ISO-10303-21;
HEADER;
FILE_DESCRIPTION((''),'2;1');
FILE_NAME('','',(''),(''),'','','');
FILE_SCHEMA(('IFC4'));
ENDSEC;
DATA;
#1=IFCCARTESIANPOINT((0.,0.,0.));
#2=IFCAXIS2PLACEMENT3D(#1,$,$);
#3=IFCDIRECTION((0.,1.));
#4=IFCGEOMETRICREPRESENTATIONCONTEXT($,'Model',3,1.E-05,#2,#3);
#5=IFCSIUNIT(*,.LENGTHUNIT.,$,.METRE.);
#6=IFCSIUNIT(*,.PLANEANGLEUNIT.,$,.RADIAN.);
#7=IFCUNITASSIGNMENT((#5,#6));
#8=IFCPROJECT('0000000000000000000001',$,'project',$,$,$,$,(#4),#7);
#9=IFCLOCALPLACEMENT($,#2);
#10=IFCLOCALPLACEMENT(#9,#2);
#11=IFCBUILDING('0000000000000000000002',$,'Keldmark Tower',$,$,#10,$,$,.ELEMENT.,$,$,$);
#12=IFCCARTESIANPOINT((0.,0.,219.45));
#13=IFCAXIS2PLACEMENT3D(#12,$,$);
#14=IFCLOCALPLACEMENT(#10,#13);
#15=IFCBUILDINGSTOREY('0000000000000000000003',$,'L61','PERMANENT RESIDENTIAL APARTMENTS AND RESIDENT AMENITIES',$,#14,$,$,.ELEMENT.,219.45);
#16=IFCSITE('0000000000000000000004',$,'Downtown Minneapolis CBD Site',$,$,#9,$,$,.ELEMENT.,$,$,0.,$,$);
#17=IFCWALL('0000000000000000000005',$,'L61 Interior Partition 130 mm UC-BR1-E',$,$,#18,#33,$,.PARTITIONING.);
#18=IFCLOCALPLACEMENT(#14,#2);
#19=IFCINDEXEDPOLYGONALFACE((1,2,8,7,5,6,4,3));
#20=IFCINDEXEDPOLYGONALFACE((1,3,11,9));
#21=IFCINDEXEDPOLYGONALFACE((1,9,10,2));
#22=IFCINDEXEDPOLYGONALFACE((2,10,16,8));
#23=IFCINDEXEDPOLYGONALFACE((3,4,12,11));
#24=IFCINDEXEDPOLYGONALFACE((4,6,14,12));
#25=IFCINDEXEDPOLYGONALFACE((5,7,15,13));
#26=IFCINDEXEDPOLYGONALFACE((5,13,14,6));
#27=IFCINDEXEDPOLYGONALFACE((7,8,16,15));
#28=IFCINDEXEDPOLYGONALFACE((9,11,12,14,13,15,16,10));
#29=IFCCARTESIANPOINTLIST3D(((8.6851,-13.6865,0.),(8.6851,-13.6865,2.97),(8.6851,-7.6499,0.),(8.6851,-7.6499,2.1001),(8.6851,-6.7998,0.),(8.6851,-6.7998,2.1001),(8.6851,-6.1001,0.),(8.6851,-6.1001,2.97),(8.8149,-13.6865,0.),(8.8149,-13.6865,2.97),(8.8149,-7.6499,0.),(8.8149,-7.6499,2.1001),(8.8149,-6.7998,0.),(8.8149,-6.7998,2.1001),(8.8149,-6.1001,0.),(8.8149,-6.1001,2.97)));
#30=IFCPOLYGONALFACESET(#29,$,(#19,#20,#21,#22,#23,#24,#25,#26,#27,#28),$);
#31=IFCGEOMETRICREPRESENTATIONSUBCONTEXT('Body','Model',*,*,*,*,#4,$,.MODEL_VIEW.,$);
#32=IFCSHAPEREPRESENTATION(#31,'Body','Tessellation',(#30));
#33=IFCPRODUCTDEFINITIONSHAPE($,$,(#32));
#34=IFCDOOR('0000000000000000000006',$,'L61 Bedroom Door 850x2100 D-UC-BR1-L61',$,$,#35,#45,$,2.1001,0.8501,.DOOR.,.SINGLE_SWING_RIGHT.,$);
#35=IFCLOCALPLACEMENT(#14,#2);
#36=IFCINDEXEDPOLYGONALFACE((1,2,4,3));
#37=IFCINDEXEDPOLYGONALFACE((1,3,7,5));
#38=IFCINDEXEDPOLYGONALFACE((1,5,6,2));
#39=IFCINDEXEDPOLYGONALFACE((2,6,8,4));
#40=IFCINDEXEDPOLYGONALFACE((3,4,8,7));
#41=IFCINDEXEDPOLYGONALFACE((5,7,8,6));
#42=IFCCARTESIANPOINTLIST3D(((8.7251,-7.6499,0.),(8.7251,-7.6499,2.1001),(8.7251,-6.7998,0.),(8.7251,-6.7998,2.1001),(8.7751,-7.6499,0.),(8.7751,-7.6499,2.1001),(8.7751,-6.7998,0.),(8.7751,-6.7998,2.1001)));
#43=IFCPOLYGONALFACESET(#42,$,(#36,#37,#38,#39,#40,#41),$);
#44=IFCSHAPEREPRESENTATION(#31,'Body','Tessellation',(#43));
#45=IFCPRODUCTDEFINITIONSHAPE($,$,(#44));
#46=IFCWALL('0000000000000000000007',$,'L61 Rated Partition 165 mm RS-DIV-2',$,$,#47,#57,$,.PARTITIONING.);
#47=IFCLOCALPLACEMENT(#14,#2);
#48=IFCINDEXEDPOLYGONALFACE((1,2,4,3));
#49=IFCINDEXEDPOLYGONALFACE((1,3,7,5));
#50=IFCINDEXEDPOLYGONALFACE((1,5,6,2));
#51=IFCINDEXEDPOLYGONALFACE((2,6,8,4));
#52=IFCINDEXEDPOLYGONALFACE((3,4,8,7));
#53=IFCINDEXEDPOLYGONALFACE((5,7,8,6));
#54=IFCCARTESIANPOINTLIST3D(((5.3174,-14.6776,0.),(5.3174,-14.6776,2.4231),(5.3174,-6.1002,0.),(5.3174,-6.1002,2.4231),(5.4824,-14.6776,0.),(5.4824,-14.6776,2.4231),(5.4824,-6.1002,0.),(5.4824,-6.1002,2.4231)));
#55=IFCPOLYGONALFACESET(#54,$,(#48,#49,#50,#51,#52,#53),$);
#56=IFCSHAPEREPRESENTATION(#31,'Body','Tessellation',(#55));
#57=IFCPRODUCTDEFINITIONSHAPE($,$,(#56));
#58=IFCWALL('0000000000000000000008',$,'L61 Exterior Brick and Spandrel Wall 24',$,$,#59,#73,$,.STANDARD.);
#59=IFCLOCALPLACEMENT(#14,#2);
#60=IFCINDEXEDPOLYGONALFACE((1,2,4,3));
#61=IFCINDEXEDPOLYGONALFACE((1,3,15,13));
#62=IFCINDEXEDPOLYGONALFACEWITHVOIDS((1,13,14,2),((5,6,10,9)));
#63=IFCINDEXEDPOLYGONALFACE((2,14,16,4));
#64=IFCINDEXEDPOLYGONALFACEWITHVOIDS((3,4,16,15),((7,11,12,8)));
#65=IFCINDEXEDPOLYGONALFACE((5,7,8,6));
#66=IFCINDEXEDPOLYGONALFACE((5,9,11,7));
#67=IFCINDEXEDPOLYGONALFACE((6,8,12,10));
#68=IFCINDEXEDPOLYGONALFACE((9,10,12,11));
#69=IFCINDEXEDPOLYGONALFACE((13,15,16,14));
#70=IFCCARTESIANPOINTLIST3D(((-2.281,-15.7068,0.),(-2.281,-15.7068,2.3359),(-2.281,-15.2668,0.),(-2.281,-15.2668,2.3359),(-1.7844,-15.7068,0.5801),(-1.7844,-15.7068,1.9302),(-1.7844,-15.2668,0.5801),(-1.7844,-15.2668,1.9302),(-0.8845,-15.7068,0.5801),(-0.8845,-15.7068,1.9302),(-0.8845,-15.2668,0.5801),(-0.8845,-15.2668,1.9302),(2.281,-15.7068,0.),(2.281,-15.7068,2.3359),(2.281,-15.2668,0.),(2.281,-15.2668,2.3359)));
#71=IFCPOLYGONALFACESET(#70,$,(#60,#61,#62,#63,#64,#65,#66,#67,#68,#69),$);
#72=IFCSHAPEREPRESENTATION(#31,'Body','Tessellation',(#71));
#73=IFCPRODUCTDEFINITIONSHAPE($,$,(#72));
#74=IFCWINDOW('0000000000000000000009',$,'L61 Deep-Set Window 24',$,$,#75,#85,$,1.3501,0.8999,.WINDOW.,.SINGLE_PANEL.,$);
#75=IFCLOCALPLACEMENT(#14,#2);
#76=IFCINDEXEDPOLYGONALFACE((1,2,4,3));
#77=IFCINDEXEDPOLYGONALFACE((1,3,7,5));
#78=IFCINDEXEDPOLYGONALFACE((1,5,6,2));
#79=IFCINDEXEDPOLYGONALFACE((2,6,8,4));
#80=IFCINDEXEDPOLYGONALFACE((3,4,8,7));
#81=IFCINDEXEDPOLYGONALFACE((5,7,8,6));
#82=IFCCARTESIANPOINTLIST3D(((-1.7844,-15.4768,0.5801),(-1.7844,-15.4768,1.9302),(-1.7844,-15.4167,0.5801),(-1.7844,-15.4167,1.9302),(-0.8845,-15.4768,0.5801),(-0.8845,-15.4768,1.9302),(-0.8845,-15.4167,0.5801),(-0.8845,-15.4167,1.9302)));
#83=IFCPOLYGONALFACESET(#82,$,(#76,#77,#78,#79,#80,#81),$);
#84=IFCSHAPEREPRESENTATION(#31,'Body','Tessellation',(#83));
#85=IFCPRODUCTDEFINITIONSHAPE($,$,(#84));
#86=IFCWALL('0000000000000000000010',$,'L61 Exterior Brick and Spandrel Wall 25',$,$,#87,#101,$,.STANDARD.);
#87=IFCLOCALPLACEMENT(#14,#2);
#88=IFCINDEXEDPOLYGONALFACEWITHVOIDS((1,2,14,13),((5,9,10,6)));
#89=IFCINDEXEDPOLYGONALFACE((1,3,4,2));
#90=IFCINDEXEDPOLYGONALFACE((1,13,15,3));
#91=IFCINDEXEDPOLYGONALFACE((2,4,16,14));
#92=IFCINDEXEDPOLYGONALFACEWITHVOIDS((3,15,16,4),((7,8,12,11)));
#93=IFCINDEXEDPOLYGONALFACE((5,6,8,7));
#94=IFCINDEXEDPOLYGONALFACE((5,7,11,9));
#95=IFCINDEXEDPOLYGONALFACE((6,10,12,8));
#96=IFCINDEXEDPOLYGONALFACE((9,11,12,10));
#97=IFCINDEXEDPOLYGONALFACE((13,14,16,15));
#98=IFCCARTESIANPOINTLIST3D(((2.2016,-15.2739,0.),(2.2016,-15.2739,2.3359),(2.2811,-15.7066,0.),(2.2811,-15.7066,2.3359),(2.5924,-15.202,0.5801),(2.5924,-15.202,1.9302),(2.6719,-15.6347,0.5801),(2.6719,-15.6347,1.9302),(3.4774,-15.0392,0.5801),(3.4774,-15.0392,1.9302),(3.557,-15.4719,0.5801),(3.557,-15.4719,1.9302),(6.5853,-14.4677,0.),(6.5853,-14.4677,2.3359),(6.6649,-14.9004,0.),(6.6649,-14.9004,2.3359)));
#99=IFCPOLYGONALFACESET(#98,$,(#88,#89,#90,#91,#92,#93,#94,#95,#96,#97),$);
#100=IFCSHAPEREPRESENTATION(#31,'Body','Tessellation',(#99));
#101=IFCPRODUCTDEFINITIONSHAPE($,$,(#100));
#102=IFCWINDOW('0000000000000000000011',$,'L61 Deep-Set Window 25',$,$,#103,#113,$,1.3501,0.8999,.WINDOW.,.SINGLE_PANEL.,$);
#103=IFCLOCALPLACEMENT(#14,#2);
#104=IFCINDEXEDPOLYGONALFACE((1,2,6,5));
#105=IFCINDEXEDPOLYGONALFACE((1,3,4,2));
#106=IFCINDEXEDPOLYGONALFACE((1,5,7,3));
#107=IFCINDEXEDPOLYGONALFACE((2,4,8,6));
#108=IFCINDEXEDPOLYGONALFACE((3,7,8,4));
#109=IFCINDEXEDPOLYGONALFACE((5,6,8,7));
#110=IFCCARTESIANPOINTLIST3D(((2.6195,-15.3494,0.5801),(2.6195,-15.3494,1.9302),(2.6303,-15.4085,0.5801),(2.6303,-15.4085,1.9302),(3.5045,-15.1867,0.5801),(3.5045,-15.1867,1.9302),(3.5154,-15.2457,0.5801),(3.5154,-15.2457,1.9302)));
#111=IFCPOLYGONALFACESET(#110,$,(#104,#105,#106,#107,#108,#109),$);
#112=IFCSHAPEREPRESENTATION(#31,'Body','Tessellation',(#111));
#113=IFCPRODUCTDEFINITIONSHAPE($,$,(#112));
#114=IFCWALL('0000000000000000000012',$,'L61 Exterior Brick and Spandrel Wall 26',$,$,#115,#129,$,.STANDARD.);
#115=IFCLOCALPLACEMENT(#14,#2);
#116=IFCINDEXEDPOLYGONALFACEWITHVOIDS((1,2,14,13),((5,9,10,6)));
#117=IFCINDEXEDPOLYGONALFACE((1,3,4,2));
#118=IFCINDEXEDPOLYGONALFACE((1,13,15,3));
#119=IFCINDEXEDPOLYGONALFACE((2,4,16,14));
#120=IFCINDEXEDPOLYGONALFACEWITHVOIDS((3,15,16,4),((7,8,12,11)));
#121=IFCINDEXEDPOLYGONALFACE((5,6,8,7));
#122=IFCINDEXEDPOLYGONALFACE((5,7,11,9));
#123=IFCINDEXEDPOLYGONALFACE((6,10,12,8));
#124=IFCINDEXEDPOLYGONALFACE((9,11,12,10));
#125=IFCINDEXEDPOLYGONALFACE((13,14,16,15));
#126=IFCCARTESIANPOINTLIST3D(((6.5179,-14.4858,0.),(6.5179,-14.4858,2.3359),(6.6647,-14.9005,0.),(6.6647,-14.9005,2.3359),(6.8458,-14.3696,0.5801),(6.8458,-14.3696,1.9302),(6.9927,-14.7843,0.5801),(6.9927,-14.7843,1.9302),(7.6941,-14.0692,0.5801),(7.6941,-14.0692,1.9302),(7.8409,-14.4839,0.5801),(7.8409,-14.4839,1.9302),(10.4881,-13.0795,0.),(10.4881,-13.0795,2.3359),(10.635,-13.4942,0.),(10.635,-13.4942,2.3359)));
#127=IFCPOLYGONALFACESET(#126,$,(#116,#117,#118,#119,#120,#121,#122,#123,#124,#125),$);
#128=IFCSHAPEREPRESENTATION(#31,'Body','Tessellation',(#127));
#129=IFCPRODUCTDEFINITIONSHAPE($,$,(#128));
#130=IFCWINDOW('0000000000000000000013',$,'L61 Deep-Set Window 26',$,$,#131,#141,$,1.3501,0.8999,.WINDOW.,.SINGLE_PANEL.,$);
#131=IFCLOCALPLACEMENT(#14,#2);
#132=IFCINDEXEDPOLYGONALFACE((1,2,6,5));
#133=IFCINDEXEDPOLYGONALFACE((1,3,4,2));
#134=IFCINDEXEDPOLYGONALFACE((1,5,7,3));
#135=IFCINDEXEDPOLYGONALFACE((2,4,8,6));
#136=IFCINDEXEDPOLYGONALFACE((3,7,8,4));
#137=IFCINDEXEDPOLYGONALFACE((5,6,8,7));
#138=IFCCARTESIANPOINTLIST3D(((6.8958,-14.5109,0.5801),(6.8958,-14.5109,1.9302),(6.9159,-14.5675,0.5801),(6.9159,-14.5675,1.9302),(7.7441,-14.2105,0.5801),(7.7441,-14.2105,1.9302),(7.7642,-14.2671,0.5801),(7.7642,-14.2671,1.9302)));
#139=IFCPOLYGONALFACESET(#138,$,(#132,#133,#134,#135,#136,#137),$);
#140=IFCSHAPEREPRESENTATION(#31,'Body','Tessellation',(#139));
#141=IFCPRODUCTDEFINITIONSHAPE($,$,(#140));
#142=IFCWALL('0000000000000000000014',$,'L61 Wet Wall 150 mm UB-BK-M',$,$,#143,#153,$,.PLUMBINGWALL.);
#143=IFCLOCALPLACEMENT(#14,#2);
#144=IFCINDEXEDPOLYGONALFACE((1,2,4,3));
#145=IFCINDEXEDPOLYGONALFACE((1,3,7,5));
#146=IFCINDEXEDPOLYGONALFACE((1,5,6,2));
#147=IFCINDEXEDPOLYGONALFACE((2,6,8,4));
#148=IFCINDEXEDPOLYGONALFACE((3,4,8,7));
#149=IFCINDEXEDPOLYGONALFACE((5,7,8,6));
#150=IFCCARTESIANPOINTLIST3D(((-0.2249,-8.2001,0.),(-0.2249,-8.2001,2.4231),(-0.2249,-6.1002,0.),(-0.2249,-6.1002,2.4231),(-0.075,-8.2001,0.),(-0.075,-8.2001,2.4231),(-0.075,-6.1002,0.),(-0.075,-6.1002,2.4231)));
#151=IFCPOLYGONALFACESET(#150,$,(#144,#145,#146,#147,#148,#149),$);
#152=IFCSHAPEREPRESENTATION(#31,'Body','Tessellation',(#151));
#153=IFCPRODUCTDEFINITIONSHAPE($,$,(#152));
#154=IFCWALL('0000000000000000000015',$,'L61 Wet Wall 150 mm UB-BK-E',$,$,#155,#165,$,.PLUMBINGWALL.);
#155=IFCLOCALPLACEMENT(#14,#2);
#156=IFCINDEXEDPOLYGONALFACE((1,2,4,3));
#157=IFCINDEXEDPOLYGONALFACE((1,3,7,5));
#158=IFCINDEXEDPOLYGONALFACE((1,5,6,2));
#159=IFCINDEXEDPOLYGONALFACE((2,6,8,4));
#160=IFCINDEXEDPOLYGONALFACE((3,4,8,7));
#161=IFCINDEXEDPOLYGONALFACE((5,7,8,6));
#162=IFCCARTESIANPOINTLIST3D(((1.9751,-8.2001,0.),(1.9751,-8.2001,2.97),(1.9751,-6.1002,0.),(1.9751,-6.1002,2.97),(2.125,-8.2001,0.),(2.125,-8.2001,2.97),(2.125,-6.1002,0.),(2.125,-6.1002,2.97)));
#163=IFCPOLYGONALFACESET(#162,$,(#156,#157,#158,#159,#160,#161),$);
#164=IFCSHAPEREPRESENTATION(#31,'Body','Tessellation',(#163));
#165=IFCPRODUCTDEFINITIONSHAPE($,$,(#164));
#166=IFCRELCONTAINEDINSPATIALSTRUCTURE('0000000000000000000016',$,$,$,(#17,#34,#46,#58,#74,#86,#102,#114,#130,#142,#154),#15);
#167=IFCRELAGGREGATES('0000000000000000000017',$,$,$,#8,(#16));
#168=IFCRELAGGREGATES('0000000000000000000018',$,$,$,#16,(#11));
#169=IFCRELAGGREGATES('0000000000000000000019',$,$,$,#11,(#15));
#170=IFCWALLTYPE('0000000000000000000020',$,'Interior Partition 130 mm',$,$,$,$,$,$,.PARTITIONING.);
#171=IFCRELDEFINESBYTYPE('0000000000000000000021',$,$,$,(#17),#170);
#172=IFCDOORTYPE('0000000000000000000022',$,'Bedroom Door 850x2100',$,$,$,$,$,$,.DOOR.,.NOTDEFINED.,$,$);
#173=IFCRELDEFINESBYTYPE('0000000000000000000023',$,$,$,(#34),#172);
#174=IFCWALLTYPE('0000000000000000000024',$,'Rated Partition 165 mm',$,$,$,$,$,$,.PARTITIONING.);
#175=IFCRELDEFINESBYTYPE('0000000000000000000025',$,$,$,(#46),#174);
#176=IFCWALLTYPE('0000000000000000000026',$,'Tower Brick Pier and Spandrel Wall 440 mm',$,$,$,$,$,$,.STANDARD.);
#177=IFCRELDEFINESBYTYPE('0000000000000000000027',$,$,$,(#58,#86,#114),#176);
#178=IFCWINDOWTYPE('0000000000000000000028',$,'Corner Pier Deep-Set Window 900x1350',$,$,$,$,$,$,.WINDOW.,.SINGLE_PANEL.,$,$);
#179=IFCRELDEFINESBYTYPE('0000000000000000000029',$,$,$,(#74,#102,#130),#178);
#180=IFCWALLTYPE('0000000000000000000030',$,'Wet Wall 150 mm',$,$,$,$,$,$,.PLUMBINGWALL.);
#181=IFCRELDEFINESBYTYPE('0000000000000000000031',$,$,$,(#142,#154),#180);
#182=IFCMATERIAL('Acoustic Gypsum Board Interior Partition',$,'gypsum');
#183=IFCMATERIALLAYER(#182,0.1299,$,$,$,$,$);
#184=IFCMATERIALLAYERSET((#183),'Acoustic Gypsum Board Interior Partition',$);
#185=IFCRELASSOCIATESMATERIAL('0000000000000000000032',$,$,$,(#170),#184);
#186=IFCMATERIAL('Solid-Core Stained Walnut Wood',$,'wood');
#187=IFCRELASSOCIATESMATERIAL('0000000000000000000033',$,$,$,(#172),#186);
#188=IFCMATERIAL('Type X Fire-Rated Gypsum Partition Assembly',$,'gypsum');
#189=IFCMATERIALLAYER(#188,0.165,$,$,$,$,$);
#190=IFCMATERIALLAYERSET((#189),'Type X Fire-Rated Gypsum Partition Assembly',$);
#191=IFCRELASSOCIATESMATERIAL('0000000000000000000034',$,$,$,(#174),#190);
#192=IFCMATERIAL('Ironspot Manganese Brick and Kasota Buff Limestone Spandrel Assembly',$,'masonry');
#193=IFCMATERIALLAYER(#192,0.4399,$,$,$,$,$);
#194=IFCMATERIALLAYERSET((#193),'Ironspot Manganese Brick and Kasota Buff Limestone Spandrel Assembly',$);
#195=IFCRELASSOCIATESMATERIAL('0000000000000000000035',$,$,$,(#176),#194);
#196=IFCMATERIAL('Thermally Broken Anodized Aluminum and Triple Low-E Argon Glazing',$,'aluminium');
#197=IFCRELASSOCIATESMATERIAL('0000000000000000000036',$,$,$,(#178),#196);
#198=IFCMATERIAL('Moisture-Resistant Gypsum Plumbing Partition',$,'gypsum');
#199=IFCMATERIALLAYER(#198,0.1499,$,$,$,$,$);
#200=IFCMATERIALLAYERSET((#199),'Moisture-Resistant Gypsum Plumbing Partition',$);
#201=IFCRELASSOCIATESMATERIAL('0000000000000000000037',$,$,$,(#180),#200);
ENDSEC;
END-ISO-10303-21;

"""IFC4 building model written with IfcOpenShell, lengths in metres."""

from ifc_helpers import new_model, si_unit, direction, frame, frame_2d, origin, place, context, subcontext, project, spatial, rectangle, extrude, material, layer, layer_set, type_object, element, fill, save


model = new_model("IFC4")

# Units and contexts
model_context = context("Model", 3, precision=1e-05, world=origin(), true_north=direction((0.0, 1.0)))
body_context = subcontext(model_context, "Body", "Model", "MODEL_VIEW")
ifc_project = project(units=[si_unit("LENGTHUNIT", "METRE"), si_unit("PLANEANGLEUNIT", "RADIAN")], contexts=[model_context])

# Site, building, storey
site_placement = place(None, origin())
site = spatial("IfcSite", under=ifc_project, at=site_placement, Name="Downtown Minneapolis CBD Site", CompositionType="ELEMENT", RefElevation=0.0)
building_placement = place(site_placement, origin())
building = spatial("IfcBuilding", under=site, at=building_placement, Name="Keldmark Tower", CompositionType="ELEMENT")
storey_placement = place(building_placement, frame((0.0, 0.0, 219.45)))
storey = spatial("IfcBuildingStorey", under=building, at=storey_placement, Name="L61", Description="PERMANENT RESIDENTIAL APARTMENTS AND RESIDENT AMENITIES", CompositionType="ELEMENT", Elevation=219.45)

# Wall, opening, door
ifc_material_1 = material(Name="Acoustic Gypsum Board Interior Partition", Category="gypsum")
ifc_layer_1 = layer(ifc_material_1, 0.1299)
ifc_layer_set_1 = layer_set([ifc_layer_1], Name="Acoustic Gypsum Board Interior Partition")
wall_type_1 = type_object("IfcWallType", Name="Interior Partition 130 mm", PredefinedType="PARTITIONING", material=ifc_layer_set_1)
wall_1_placement = place(storey_placement, frame((8.75, -13.6865, 0.0), z_axis=(0.0, 0.0, 1.0), x_axis=(0.0, 1.0, 0.0)))
wall_1 = element("IfcWall", 1, at=wall_1_placement, inside=storey, type_object=wall_type_1, Name="L61 Interior Partition 130 mm UC-BR1-E", PredefinedType="PARTITIONING", context=body_context, shape_type="SweptSolid", body=[
    extrude(rectangle(XDim=7.5864, YDim=0.1299, at=frame_2d((3.7932, 0.0))), origin(), (0.0, 0.0, 1.0), 2.97),
])
opening_1_placement = place(wall_1_placement, frame((6.0366, 0.0, 0.0)))
opening_1 = element("IfcOpeningElement", 2, at=opening_1_placement, cuts=wall_1, PredefinedType="OPENING", context=body_context, shape_type="SweptSolid", body=[
    extrude(rectangle(XDim=0.8501, YDim=2.1001, at=frame_2d((0.425, 1.05))), frame((0.0, 0.075, 0.0), z_axis=(0.0, -1.0, 0.0), x_axis=(1.0, 0.0, 0.0)), (0.0, 0.0, 1.0), 0.1499),
])
ifc_material_2 = material(Name="Solid-Core Stained Walnut Wood", Category="wood")
door_type_1 = type_object("IfcDoorType", Name="Bedroom Door 850x2100", OperationType="NOTDEFINED", PredefinedType="DOOR", material=ifc_material_2)
door_1_placement = place(opening_1_placement, origin())
door_1 = element("IfcDoor", 3, at=door_1_placement, inside=storey, type_object=door_type_1, Name="L61 Bedroom Door 850x2100 D-UC-BR1-L61", OperationType="SINGLE_SWING_RIGHT", OverallHeight=2.1001, OverallWidth=0.8501, PredefinedType="DOOR", context=body_context, shape_type="SweptSolid", body=[
    extrude(rectangle(XDim=0.8501, YDim=2.1001, at=frame_2d((0.425, 1.05))), frame((0.0, 0.0249, 0.0), z_axis=(0.0, -1.0, 0.0), x_axis=(1.0, 0.0, 0.0)), (0.0, 0.0, 1.0), 0.05),
])
fill(opening_1, door_1)

# Wall
ifc_material_3 = material(Name="Type X Fire-Rated Gypsum Partition Assembly", Category="gypsum")
ifc_layer_2 = layer(ifc_material_3, 0.165)
ifc_layer_set_2 = layer_set([ifc_layer_2], Name="Type X Fire-Rated Gypsum Partition Assembly")
wall_type_2 = type_object("IfcWallType", Name="Rated Partition 165 mm", PredefinedType="PARTITIONING", material=ifc_layer_set_2)
wall_2_placement = place(storey_placement, frame((5.3999, -14.6775, 0.0), z_axis=(0.0, 0.0, 1.0), x_axis=(0.0, 1.0, 0.0)))
element("IfcWall", 4, at=wall_2_placement, inside=storey, type_object=wall_type_2, Name="L61 Rated Partition 165 mm RS-DIV-2", PredefinedType="PARTITIONING", context=body_context, shape_type="SweptSolid", body=[
    extrude(rectangle(XDim=8.5774, YDim=0.165, at=frame_2d((4.2886, 0.0))), origin(), (0.0, 0.0, 1.0), 2.4231),
])

# Walls, openings, windows
ifc_material_4 = material(Name="Ironspot Manganese Brick and Kasota Buff Limestone Spandrel Assembly", Category="masonry")
ifc_layer_3 = layer(ifc_material_4, 0.4399)
ifc_layer_set_3 = layer_set([ifc_layer_3], Name="Ironspot Manganese Brick and Kasota Buff Limestone Spandrel Assembly")
wall_type_3 = type_object("IfcWallType", Name="Tower Brick Pier and Spandrel Wall 440 mm", PredefinedType="STANDARD", material=ifc_layer_set_3)
wall_3_placement = place(storey_placement, frame((2.281, -15.4868, 0.0), z_axis=(0.0, 0.0, 1.0), x_axis=(-1.0, 0.0, 0.0)))
wall_3 = element("IfcWall", 5, at=wall_3_placement, inside=storey, type_object=wall_type_3, Name="L61 Exterior Brick and Spandrel Wall 24", PredefinedType="STANDARD", context=body_context, shape_type="SweptSolid", body=[
    extrude(rectangle(XDim=4.562, YDim=0.4399, at=frame_2d((2.281, 0.0))), origin(), (0.0, 0.0, 1.0), 2.3359),
])
opening_2_placement = place(wall_3_placement, frame((3.1655, 0.0, 0.5801)))
opening_2 = element("IfcOpeningElement", 6, at=opening_2_placement, cuts=wall_3, PredefinedType="OPENING", context=body_context, shape_type="SweptSolid", body=[
    extrude(rectangle(XDim=0.8999, YDim=1.3501, at=frame_2d((0.45, 0.675))), frame((0.0, 0.23, 0.0), z_axis=(0.0, -1.0, 0.0), x_axis=(1.0, 0.0, 0.0)), (0.0, 0.0, 1.0), 0.46),
])
ifc_material_5 = material(Name="Thermally Broken Anodized Aluminum and Triple Low-E Argon Glazing", Category="aluminium")
window_type = type_object("IfcWindowType", Name="Corner Pier Deep-Set Window 900x1350", PartitioningType="SINGLE_PANEL", PredefinedType="WINDOW", material=ifc_material_5)
window_1_placement = place(opening_2_placement, origin())
window_1 = element("IfcWindow", 7, at=window_1_placement, inside=storey, type_object=window_type, Name="L61 Deep-Set Window 24", OverallHeight=1.3501, OverallWidth=0.8999, PartitioningType="SINGLE_PANEL", PredefinedType="WINDOW", context=body_context, shape_type="SweptSolid", body=[
    extrude(rectangle(XDim=0.8999, YDim=1.3501, at=frame_2d((0.45, 0.675))), frame((0.0, -0.01, 0.0), z_axis=(0.0, -1.0, 0.0), x_axis=(1.0, 0.0, 0.0)), (0.0, 0.0, 1.0), 0.0601),
])
fill(opening_2, window_1)
wall_4_placement = place(storey_placement, frame((6.625, -14.6841, 0.0), z_axis=(0.0, 0.0, 1.0), x_axis=(-0.983509, -0.180861, 0.0)))
wall_4 = element("IfcWall", 8, at=wall_4_placement, inside=storey, type_object=wall_type_3, Name="L61 Exterior Brick and Spandrel Wall 25", PredefinedType="STANDARD", context=body_context, shape_type="SweptSolid", body=[
    extrude(rectangle(XDim=4.4573, YDim=0.4399, at=frame_2d((2.2285, 0.0))), origin(), (0.0, 0.0, 1.0), 2.3359),
])
opening_3_placement = place(wall_4_placement, frame((3.1599, 0.0, 0.5801)))
opening_3 = element("IfcOpeningElement", 9, at=opening_3_placement, cuts=wall_4, PredefinedType="OPENING", context=body_context, shape_type="SweptSolid", body=[
    extrude(rectangle(XDim=0.8999, YDim=1.3501, at=frame_2d((0.45, 0.675))), frame((0.0, 0.23, 0.0), z_axis=(0.0, -1.0, 0.0), x_axis=(1.0, 0.0, 0.0)), (0.0, 0.0, 1.0), 0.46),
])
window_2_placement = place(opening_3_placement, origin())
window_2 = element("IfcWindow", 10, at=window_2_placement, inside=storey, type_object=window_type, Name="L61 Deep-Set Window 25", OverallHeight=1.3501, OverallWidth=0.8999, PartitioningType="SINGLE_PANEL", PredefinedType="WINDOW", context=body_context, shape_type="SweptSolid", body=[
    extrude(rectangle(XDim=0.8999, YDim=1.3501, at=frame_2d((0.45, 0.675))), frame((0.0, -0.01, 0.0), z_axis=(0.0, -1.0, 0.0), x_axis=(1.0, 0.0, 0.0)), (0.0, 0.0, 1.0), 0.0601),
])
fill(opening_3, window_2)
wall_5_placement = place(storey_placement, frame((10.5615, -13.2869, 0.0), z_axis=(0.0, 0.0, 1.0), x_axis=(-0.942617, -0.333875, 0.0)))
wall_5 = element("IfcWall", 11, at=wall_5_placement, inside=storey, type_object=wall_type_3, Name="L61 Exterior Brick and Spandrel Wall 26", PredefinedType="STANDARD", context=body_context, shape_type="SweptSolid", body=[
    extrude(rectangle(XDim=4.2119, YDim=0.4399, at=frame_2d((2.106, 0.0))), origin(), (0.0, 0.0, 1.0), 2.3359),
])
opening_4_placement = place(wall_5_placement, frame((2.9641, 0.0, 0.5801)))
opening_4 = element("IfcOpeningElement", 12, at=opening_4_placement, cuts=wall_5, PredefinedType="OPENING", context=body_context, shape_type="SweptSolid", body=[
    extrude(rectangle(XDim=0.8999, YDim=1.3501, at=frame_2d((0.45, 0.675))), frame((0.0, 0.23, 0.0), z_axis=(0.0, -1.0, 0.0), x_axis=(1.0, 0.0, 0.0)), (0.0, 0.0, 1.0), 0.46),
])
window_3_placement = place(opening_4_placement, origin())
window_3 = element("IfcWindow", 13, at=window_3_placement, inside=storey, type_object=window_type, Name="L61 Deep-Set Window 26", OverallHeight=1.3501, OverallWidth=0.8999, PartitioningType="SINGLE_PANEL", PredefinedType="WINDOW", context=body_context, shape_type="SweptSolid", body=[
    extrude(rectangle(XDim=0.8999, YDim=1.3501, at=frame_2d((0.45, 0.675))), frame((0.0, -0.01, 0.0), z_axis=(0.0, -1.0, 0.0), x_axis=(1.0, 0.0, 0.0)), (0.0, 0.0, 1.0), 0.0601),
])
fill(opening_4, window_3)

# Walls
ifc_material_6 = material(Name="Moisture-Resistant Gypsum Plumbing Partition", Category="gypsum")
ifc_layer_4 = layer(ifc_material_6, 0.1499)
ifc_layer_set_4 = layer_set([ifc_layer_4], Name="Moisture-Resistant Gypsum Plumbing Partition")
wall_type_4 = type_object("IfcWallType", Name="Wet Wall 150 mm", PredefinedType="PLUMBINGWALL", material=ifc_layer_set_4)
wall_6_placement = place(storey_placement, frame((-0.1499, -8.2, 0.0), z_axis=(0.0, 0.0, 1.0), x_axis=(0.0, 1.0, 0.0)))
element("IfcWall", 14, at=wall_6_placement, inside=storey, type_object=wall_type_4, Name="L61 Wet Wall 150 mm UB-BK-M", PredefinedType="PLUMBINGWALL", context=body_context, shape_type="SweptSolid", body=[
    extrude(rectangle(XDim=2.0999, YDim=0.1499, at=frame_2d((1.0498, 0.0))), origin(), (0.0, 0.0, 1.0), 2.4231),
])
wall_7_placement = place(storey_placement, frame((2.05, -8.2, 0.0), z_axis=(0.0, 0.0, 1.0), x_axis=(0.0, 1.0, 0.0)))
element("IfcWall", 15, at=wall_7_placement, inside=storey, type_object=wall_type_4, Name="L61 Wet Wall 150 mm UB-BK-E", PredefinedType="PLUMBINGWALL", context=body_context, shape_type="SweptSolid", body=[
    extrude(rectangle(XDim=2.0999, YDim=0.1499, at=frame_2d((1.0498, 0.0))), origin(), (0.0, 0.0, 1.0), 2.97),
])

save(model, "model.ifc")
